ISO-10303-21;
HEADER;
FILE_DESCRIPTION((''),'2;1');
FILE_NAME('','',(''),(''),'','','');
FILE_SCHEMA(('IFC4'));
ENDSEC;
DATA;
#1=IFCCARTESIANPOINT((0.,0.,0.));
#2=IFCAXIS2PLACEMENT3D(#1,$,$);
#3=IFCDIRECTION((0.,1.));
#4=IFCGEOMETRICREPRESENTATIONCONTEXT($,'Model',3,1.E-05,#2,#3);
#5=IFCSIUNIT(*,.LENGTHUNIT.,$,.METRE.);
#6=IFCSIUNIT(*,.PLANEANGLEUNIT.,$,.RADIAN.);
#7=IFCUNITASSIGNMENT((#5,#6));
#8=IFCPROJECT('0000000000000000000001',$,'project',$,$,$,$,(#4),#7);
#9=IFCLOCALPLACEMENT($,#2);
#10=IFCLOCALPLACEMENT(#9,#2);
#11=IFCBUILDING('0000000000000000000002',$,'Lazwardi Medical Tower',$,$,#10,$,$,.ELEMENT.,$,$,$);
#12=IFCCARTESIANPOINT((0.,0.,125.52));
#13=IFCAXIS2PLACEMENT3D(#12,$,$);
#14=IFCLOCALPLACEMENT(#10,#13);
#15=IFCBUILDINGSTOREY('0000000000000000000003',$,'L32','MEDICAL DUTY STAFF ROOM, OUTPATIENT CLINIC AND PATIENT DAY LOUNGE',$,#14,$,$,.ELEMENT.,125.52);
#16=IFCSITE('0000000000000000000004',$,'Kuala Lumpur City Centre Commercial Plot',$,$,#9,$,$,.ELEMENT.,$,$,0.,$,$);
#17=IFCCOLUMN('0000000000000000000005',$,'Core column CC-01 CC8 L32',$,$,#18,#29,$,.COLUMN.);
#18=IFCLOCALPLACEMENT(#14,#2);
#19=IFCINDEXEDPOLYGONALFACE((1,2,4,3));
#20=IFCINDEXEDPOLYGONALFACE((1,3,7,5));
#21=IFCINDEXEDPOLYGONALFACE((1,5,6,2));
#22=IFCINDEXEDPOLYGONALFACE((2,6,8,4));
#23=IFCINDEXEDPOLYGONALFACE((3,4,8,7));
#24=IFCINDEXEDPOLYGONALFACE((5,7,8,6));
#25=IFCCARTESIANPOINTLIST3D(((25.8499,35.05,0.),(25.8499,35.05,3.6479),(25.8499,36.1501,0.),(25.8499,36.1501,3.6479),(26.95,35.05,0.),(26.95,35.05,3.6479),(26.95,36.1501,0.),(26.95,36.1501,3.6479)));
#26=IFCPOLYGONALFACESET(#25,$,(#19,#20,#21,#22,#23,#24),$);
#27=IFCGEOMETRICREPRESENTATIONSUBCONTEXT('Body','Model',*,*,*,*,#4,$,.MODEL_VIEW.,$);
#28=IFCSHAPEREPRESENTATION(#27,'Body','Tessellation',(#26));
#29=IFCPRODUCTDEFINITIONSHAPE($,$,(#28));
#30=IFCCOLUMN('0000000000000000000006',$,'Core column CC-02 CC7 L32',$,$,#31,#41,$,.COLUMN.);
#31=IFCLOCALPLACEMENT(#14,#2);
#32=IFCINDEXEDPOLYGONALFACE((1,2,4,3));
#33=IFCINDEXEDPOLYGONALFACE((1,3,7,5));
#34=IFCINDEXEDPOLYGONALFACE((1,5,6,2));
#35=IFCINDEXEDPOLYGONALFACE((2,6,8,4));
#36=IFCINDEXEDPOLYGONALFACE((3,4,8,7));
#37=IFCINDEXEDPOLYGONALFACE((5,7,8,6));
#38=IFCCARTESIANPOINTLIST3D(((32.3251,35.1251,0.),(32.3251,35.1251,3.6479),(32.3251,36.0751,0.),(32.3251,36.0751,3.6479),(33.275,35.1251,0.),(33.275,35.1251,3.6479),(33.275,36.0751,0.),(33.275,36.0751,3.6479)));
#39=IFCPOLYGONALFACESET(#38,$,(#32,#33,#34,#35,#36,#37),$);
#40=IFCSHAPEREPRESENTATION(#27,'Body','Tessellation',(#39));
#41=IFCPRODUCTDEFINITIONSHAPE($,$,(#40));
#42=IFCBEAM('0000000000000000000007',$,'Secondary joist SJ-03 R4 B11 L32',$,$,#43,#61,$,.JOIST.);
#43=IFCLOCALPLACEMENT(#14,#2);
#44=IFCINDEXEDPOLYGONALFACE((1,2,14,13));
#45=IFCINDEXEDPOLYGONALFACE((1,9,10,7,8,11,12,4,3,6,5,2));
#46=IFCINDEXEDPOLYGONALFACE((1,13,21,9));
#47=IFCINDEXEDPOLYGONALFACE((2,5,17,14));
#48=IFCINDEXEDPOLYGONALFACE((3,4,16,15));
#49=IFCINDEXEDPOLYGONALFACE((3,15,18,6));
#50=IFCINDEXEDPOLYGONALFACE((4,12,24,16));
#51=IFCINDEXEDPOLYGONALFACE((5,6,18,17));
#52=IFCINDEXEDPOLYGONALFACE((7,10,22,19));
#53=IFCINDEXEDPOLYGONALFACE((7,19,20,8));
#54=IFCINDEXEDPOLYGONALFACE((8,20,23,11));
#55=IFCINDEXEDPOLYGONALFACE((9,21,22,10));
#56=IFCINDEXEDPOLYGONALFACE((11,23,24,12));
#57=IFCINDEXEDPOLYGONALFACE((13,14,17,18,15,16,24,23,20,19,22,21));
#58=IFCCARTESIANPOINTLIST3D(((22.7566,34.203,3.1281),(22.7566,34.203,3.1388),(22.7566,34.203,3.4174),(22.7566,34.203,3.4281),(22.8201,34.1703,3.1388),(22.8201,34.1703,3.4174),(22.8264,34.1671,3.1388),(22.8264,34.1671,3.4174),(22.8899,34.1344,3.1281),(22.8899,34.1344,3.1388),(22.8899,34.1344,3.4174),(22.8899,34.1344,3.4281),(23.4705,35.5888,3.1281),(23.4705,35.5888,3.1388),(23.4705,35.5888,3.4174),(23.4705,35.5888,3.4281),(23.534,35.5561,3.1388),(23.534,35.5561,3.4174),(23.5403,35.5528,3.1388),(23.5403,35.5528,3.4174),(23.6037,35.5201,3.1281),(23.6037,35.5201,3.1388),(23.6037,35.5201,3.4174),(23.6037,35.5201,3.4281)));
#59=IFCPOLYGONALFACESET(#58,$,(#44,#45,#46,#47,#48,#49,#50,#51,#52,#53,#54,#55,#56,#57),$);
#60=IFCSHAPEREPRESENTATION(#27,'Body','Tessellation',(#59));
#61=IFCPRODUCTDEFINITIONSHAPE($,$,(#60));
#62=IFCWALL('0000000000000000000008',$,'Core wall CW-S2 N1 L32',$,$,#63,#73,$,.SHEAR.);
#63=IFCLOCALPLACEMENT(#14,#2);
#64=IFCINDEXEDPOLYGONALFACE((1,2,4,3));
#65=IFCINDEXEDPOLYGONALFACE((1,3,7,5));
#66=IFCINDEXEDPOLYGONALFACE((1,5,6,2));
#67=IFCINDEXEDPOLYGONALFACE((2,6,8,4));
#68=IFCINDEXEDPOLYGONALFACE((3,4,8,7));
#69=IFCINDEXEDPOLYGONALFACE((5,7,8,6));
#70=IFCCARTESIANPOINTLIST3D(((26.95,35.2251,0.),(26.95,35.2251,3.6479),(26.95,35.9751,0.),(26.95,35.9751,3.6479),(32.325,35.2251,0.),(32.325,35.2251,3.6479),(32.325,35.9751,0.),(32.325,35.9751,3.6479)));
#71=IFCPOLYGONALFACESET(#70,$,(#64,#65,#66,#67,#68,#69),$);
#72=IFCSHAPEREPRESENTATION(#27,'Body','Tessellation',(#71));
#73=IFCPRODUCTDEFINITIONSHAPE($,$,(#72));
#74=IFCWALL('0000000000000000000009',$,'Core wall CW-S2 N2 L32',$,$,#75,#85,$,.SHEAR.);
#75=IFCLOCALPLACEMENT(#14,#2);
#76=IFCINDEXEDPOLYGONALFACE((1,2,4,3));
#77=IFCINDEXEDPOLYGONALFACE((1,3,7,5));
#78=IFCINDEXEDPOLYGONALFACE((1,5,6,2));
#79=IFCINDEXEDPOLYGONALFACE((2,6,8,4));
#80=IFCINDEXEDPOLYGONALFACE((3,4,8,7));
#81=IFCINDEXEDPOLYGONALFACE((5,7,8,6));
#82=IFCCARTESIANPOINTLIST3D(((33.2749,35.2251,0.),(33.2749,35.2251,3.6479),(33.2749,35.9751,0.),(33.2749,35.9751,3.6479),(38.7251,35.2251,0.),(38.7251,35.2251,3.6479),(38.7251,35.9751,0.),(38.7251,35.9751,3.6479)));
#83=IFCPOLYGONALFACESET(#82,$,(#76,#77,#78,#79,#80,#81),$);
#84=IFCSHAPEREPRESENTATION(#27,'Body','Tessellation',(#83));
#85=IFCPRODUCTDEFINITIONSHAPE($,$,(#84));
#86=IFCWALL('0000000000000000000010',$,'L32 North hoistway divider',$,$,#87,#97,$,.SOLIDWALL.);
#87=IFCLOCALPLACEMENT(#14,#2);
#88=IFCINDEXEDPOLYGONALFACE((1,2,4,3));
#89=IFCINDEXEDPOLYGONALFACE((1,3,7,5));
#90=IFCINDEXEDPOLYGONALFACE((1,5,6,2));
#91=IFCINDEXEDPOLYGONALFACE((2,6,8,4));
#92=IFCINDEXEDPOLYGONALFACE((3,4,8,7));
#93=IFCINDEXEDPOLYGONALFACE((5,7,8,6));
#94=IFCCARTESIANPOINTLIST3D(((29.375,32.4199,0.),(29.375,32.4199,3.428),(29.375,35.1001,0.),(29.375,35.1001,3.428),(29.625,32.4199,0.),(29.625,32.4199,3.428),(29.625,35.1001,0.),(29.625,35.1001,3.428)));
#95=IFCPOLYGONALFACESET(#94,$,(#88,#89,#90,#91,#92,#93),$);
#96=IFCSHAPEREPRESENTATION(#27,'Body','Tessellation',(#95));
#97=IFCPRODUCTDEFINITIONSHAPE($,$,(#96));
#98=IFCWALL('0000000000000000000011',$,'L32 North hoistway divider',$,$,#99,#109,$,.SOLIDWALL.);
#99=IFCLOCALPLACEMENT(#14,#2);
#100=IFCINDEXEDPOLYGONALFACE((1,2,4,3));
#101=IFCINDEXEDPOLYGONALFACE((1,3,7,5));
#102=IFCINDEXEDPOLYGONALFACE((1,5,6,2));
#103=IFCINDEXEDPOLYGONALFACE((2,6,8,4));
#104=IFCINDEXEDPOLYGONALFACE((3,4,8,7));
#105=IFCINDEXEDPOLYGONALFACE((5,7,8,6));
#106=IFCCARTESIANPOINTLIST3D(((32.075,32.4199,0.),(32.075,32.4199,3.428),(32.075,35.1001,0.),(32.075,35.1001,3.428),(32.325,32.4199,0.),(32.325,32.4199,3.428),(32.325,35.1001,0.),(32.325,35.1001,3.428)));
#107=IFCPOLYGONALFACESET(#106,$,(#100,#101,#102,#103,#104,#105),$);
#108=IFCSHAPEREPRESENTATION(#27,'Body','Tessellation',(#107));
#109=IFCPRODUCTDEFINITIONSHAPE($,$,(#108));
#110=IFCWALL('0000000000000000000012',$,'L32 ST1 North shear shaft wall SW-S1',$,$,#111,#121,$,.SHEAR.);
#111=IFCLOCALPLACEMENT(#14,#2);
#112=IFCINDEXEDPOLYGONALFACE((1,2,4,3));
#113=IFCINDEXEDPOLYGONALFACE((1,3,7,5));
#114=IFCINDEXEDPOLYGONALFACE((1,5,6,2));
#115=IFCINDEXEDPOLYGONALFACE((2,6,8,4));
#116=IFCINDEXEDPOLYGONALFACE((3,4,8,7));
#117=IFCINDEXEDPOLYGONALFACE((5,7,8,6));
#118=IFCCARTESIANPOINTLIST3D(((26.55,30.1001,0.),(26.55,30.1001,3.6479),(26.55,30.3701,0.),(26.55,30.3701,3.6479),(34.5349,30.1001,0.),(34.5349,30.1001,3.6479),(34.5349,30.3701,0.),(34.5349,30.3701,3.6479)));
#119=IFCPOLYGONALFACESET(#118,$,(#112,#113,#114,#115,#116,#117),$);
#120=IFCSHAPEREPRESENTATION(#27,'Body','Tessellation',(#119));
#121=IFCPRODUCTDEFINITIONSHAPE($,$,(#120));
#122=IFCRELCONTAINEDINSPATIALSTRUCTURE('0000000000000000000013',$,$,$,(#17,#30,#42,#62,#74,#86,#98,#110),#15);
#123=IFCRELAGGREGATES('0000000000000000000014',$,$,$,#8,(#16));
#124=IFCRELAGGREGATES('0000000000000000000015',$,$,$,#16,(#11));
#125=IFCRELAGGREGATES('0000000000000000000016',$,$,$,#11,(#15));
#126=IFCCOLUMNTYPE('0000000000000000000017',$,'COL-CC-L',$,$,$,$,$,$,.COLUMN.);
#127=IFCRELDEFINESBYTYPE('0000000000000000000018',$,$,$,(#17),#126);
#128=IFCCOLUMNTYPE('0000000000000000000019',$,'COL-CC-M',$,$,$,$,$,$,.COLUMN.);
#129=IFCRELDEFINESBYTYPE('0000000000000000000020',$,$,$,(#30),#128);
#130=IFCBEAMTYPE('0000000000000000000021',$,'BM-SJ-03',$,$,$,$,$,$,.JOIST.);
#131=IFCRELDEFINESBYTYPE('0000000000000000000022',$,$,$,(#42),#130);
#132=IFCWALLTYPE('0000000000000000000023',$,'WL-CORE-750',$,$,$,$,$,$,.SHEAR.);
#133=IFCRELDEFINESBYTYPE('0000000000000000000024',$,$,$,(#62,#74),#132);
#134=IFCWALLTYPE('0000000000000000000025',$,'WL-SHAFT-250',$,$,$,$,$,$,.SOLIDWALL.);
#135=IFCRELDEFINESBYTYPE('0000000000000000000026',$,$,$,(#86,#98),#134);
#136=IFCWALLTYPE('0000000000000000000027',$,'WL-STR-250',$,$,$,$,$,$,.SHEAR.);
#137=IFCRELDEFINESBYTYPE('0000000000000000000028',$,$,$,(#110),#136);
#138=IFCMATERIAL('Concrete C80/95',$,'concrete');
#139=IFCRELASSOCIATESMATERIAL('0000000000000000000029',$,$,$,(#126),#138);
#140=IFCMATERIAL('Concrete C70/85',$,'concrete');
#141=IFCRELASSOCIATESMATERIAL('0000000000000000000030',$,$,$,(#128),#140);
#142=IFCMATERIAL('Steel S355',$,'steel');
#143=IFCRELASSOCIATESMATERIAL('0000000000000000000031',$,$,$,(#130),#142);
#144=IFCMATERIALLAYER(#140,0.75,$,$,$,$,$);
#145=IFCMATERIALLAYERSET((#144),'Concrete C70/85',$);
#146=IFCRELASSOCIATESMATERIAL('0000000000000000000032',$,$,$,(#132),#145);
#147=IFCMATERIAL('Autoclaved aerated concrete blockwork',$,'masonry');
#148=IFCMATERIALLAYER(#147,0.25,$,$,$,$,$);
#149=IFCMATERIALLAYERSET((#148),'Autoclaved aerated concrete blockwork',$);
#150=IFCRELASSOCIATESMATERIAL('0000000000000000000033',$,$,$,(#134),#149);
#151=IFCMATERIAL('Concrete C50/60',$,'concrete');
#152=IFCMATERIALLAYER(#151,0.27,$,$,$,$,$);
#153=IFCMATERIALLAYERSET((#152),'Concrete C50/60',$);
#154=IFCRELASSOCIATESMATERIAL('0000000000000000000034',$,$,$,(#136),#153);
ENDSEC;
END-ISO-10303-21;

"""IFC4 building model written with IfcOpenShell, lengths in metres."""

from ifc_helpers import new_model, si_unit, direction, frame, frame_2d, origin, origin_2d, place, context, subcontext, project, spatial, rectangle, i_section, extrude, material, layer, layer_set, material_profile, profile_set, type_object, element, save


model = new_model("IFC4")

# Units and contexts
model_context = context("Model", 3, precision=1e-05, world=origin(), true_north=direction((0.0, 1.0)))
body_context = subcontext(model_context, "Body", "Model", "MODEL_VIEW")
ifc_project = project(units=[si_unit("LENGTHUNIT", "METRE"), si_unit("PLANEANGLEUNIT", "RADIAN")], contexts=[model_context])

# Site, building, storey
site_placement = place(None, origin())
site = spatial("IfcSite", under=ifc_project, at=site_placement, Name="Kuala Lumpur City Centre Commercial Plot", CompositionType="ELEMENT", RefElevation=0.0)
building_placement = place(site_placement, origin())
building = spatial("IfcBuilding", under=site, at=building_placement, Name="Lazwardi Medical Tower", CompositionType="ELEMENT")
storey_placement = place(building_placement, frame((0.0, 0.0, 125.52)))
storey = spatial("IfcBuildingStorey", under=building, at=storey_placement, Name="L32", Description="MEDICAL DUTY STAFF ROOM, OUTPATIENT CLINIC AND PATIENT DAY LOUNGE", CompositionType="ELEMENT", Elevation=125.52)

# Columns
ifc_material_1 = material(Name="Concrete C80/95", Category="concrete")
ifc_material_profile_1 = material_profile(ifc_material_1, rectangle(XDim=1.1001, YDim=1.1001, at=origin_2d()), Name="RC 1100x1100")
ifc_profile_set_1 = profile_set([ifc_material_profile_1], Name="Concrete C80/95")
column_type_1 = type_object("IfcColumnType", Name="COL-CC-L", PredefinedType="COLUMN", material=ifc_profile_set_1)
column_1_placement = place(storey_placement, frame((26.3999, 35.6001, 0.0), z_axis=(0.0, 0.0, 1.0), x_axis=(1.0, 0.0, 0.0)))
element("IfcColumn", 1, at=column_1_placement, inside=storey, type_object=column_type_1, Name="Core column CC-01 CC8 L32", PredefinedType="COLUMN", context=body_context, shape_type="SweptSolid", body=[
    extrude(rectangle(XDim=1.1001, YDim=1.1001, at=origin_2d()), origin(), (0.0, 0.0, 1.0), 3.6479),
])
ifc_material_2 = material(Name="Concrete C70/85", Category="concrete")
ifc_material_profile_2 = material_profile(ifc_material_2, rectangle(XDim=0.95, YDim=0.95, at=origin_2d()), Name="RC 950x950")
ifc_profile_set_2 = profile_set([ifc_material_profile_2], Name="Concrete C70/85")
column_type_2 = type_object("IfcColumnType", Name="COL-CC-M", PredefinedType="COLUMN", material=ifc_profile_set_2)
column_2_placement = place(storey_placement, frame((32.8, 35.6001, 0.0), z_axis=(0.0, 0.0, 1.0), x_axis=(1.0, 0.0, 0.0)))
element("IfcColumn", 2, at=column_2_placement, inside=storey, type_object=column_type_2, Name="Core column CC-02 CC7 L32", PredefinedType="COLUMN", context=body_context, shape_type="SweptSolid", body=[
    extrude(rectangle(XDim=0.95, YDim=0.95, at=origin_2d()), origin(), (0.0, 0.0, 1.0), 3.6479),
])

# Beam
ifc_material_3 = material(Name="Steel S355", Category="steel")
ifc_material_profile_3 = material_profile(ifc_material_3, i_section(OverallWidth=0.1499, OverallDepth=0.3, WebThickness=0.0071, FlangeThickness=0.0107, at=origin_2d()), Name="IPE 300")
ifc_profile_set_3 = profile_set([ifc_material_profile_3], Name="Steel S355")
beam_type = type_object("IfcBeamType", Name="BM-SJ-03", PredefinedType="JOIST", material=ifc_profile_set_3)
beam_placement = place(storey_placement, frame((23.5371, 35.5544, 3.2781), z_axis=(-0.457957, -0.888975, 0.0), x_axis=(0.888975, -0.457957, 0.0)))
element("IfcBeam", 3, at=beam_placement, inside=storey, type_object=beam_type, Name="Secondary joist SJ-03 R4 B11 L32", PredefinedType="JOIST", context=body_context, shape_type="SweptSolid", body=[
    extrude(i_section(OverallWidth=0.1499, OverallDepth=0.3, WebThickness=0.0071, FlangeThickness=0.0107, at=origin_2d()), origin(), (0.0, 0.0, 1.0), 1.5588),
])

# Walls
ifc_layer_1 = layer(ifc_material_2, 0.75)
ifc_layer_set_1 = layer_set([ifc_layer_1], Name="Concrete C70/85")
wall_type_1 = type_object("IfcWallType", Name="WL-CORE-750", PredefinedType="SHEAR", material=ifc_layer_set_1)
wall_1_placement = place(storey_placement, frame((26.95, 35.6001, 0.0), z_axis=(0.0, 0.0, 1.0), x_axis=(1.0, 0.0, 0.0)))
element("IfcWall", 4, at=wall_1_placement, inside=storey, type_object=wall_type_1, Name="Core wall CW-S2 N1 L32", PredefinedType="SHEAR", context=body_context, shape_type="SweptSolid", body=[
    extrude(rectangle(XDim=5.375, YDim=0.75, at=frame_2d((2.6875, 0.0))), origin(), (0.0, 0.0, 1.0), 3.6479),
])
wall_2_placement = place(storey_placement, frame((33.2749, 35.6001, 0.0), z_axis=(0.0, 0.0, 1.0), x_axis=(1.0, 0.0, 0.0)))
element("IfcWall", 5, at=wall_2_placement, inside=storey, type_object=wall_type_1, Name="Core wall CW-S2 N2 L32", PredefinedType="SHEAR", context=body_context, shape_type="SweptSolid", body=[
    extrude(rectangle(XDim=5.4502, YDim=0.75, at=frame_2d((2.7251, 0.0))), origin(), (0.0, 0.0, 1.0), 3.6479),
])
ifc_material_4 = material(Name="Autoclaved aerated concrete blockwork", Category="masonry")
ifc_layer_2 = layer(ifc_material_4, 0.25)
ifc_layer_set_2 = layer_set([ifc_layer_2], Name="Autoclaved aerated concrete blockwork")
wall_type_2 = type_object("IfcWallType", Name="WL-SHAFT-250", PredefinedType="SOLIDWALL", material=ifc_layer_set_2)
for number, where, z_axis, x_axis, name in (
    (6, (29.5, 32.4199, 0.0), (0.0, 0.0, 1.0), (0.0, 1.0, 0.0), "L32 North hoistway divider"),
    (7, (32.2, 32.4199, 0.0), (0.0, 0.0, 1.0), (0.0, 1.0, 0.0), "L32 North hoistway divider"),
):
    element("IfcWall", number, at=place(storey_placement, frame(where, z_axis=z_axis, x_axis=x_axis)), inside=storey, type_object=wall_type_2, Name=name, PredefinedType="SOLIDWALL", context=body_context, shape_type="SweptSolid", body=[
        extrude(rectangle(XDim=2.6802, YDim=0.25, at=frame_2d((1.3401, 0.0))), origin(), (0.0, 0.0, 1.0), 3.428),
    ])
ifc_material_5 = material(Name="Concrete C50/60", Category="concrete")
ifc_layer_3 = layer(ifc_material_5, 0.27)
ifc_layer_set_3 = layer_set([ifc_layer_3], Name="Concrete C50/60")
wall_type_3 = type_object("IfcWallType", Name="WL-STR-250", PredefinedType="SHEAR", material=ifc_layer_set_3)
wall_3_placement = place(storey_placement, frame((26.55, 30.2351, 0.0), z_axis=(0.0, 0.0, 1.0), x_axis=(1.0, 0.0, 0.0)))
element("IfcWall", 8, at=wall_3_placement, inside=storey, type_object=wall_type_3, Name="L32 ST1 North shear shaft wall SW-S1", PredefinedType="SHEAR", context=body_context, shape_type="SweptSolid", body=[
    extrude(rectangle(XDim=7.9849, YDim=0.27, at=frame_2d((3.9924, 0.0))), origin(), (0.0, 0.0, 1.0), 3.6479),
])

save(model, "model.ifc")
